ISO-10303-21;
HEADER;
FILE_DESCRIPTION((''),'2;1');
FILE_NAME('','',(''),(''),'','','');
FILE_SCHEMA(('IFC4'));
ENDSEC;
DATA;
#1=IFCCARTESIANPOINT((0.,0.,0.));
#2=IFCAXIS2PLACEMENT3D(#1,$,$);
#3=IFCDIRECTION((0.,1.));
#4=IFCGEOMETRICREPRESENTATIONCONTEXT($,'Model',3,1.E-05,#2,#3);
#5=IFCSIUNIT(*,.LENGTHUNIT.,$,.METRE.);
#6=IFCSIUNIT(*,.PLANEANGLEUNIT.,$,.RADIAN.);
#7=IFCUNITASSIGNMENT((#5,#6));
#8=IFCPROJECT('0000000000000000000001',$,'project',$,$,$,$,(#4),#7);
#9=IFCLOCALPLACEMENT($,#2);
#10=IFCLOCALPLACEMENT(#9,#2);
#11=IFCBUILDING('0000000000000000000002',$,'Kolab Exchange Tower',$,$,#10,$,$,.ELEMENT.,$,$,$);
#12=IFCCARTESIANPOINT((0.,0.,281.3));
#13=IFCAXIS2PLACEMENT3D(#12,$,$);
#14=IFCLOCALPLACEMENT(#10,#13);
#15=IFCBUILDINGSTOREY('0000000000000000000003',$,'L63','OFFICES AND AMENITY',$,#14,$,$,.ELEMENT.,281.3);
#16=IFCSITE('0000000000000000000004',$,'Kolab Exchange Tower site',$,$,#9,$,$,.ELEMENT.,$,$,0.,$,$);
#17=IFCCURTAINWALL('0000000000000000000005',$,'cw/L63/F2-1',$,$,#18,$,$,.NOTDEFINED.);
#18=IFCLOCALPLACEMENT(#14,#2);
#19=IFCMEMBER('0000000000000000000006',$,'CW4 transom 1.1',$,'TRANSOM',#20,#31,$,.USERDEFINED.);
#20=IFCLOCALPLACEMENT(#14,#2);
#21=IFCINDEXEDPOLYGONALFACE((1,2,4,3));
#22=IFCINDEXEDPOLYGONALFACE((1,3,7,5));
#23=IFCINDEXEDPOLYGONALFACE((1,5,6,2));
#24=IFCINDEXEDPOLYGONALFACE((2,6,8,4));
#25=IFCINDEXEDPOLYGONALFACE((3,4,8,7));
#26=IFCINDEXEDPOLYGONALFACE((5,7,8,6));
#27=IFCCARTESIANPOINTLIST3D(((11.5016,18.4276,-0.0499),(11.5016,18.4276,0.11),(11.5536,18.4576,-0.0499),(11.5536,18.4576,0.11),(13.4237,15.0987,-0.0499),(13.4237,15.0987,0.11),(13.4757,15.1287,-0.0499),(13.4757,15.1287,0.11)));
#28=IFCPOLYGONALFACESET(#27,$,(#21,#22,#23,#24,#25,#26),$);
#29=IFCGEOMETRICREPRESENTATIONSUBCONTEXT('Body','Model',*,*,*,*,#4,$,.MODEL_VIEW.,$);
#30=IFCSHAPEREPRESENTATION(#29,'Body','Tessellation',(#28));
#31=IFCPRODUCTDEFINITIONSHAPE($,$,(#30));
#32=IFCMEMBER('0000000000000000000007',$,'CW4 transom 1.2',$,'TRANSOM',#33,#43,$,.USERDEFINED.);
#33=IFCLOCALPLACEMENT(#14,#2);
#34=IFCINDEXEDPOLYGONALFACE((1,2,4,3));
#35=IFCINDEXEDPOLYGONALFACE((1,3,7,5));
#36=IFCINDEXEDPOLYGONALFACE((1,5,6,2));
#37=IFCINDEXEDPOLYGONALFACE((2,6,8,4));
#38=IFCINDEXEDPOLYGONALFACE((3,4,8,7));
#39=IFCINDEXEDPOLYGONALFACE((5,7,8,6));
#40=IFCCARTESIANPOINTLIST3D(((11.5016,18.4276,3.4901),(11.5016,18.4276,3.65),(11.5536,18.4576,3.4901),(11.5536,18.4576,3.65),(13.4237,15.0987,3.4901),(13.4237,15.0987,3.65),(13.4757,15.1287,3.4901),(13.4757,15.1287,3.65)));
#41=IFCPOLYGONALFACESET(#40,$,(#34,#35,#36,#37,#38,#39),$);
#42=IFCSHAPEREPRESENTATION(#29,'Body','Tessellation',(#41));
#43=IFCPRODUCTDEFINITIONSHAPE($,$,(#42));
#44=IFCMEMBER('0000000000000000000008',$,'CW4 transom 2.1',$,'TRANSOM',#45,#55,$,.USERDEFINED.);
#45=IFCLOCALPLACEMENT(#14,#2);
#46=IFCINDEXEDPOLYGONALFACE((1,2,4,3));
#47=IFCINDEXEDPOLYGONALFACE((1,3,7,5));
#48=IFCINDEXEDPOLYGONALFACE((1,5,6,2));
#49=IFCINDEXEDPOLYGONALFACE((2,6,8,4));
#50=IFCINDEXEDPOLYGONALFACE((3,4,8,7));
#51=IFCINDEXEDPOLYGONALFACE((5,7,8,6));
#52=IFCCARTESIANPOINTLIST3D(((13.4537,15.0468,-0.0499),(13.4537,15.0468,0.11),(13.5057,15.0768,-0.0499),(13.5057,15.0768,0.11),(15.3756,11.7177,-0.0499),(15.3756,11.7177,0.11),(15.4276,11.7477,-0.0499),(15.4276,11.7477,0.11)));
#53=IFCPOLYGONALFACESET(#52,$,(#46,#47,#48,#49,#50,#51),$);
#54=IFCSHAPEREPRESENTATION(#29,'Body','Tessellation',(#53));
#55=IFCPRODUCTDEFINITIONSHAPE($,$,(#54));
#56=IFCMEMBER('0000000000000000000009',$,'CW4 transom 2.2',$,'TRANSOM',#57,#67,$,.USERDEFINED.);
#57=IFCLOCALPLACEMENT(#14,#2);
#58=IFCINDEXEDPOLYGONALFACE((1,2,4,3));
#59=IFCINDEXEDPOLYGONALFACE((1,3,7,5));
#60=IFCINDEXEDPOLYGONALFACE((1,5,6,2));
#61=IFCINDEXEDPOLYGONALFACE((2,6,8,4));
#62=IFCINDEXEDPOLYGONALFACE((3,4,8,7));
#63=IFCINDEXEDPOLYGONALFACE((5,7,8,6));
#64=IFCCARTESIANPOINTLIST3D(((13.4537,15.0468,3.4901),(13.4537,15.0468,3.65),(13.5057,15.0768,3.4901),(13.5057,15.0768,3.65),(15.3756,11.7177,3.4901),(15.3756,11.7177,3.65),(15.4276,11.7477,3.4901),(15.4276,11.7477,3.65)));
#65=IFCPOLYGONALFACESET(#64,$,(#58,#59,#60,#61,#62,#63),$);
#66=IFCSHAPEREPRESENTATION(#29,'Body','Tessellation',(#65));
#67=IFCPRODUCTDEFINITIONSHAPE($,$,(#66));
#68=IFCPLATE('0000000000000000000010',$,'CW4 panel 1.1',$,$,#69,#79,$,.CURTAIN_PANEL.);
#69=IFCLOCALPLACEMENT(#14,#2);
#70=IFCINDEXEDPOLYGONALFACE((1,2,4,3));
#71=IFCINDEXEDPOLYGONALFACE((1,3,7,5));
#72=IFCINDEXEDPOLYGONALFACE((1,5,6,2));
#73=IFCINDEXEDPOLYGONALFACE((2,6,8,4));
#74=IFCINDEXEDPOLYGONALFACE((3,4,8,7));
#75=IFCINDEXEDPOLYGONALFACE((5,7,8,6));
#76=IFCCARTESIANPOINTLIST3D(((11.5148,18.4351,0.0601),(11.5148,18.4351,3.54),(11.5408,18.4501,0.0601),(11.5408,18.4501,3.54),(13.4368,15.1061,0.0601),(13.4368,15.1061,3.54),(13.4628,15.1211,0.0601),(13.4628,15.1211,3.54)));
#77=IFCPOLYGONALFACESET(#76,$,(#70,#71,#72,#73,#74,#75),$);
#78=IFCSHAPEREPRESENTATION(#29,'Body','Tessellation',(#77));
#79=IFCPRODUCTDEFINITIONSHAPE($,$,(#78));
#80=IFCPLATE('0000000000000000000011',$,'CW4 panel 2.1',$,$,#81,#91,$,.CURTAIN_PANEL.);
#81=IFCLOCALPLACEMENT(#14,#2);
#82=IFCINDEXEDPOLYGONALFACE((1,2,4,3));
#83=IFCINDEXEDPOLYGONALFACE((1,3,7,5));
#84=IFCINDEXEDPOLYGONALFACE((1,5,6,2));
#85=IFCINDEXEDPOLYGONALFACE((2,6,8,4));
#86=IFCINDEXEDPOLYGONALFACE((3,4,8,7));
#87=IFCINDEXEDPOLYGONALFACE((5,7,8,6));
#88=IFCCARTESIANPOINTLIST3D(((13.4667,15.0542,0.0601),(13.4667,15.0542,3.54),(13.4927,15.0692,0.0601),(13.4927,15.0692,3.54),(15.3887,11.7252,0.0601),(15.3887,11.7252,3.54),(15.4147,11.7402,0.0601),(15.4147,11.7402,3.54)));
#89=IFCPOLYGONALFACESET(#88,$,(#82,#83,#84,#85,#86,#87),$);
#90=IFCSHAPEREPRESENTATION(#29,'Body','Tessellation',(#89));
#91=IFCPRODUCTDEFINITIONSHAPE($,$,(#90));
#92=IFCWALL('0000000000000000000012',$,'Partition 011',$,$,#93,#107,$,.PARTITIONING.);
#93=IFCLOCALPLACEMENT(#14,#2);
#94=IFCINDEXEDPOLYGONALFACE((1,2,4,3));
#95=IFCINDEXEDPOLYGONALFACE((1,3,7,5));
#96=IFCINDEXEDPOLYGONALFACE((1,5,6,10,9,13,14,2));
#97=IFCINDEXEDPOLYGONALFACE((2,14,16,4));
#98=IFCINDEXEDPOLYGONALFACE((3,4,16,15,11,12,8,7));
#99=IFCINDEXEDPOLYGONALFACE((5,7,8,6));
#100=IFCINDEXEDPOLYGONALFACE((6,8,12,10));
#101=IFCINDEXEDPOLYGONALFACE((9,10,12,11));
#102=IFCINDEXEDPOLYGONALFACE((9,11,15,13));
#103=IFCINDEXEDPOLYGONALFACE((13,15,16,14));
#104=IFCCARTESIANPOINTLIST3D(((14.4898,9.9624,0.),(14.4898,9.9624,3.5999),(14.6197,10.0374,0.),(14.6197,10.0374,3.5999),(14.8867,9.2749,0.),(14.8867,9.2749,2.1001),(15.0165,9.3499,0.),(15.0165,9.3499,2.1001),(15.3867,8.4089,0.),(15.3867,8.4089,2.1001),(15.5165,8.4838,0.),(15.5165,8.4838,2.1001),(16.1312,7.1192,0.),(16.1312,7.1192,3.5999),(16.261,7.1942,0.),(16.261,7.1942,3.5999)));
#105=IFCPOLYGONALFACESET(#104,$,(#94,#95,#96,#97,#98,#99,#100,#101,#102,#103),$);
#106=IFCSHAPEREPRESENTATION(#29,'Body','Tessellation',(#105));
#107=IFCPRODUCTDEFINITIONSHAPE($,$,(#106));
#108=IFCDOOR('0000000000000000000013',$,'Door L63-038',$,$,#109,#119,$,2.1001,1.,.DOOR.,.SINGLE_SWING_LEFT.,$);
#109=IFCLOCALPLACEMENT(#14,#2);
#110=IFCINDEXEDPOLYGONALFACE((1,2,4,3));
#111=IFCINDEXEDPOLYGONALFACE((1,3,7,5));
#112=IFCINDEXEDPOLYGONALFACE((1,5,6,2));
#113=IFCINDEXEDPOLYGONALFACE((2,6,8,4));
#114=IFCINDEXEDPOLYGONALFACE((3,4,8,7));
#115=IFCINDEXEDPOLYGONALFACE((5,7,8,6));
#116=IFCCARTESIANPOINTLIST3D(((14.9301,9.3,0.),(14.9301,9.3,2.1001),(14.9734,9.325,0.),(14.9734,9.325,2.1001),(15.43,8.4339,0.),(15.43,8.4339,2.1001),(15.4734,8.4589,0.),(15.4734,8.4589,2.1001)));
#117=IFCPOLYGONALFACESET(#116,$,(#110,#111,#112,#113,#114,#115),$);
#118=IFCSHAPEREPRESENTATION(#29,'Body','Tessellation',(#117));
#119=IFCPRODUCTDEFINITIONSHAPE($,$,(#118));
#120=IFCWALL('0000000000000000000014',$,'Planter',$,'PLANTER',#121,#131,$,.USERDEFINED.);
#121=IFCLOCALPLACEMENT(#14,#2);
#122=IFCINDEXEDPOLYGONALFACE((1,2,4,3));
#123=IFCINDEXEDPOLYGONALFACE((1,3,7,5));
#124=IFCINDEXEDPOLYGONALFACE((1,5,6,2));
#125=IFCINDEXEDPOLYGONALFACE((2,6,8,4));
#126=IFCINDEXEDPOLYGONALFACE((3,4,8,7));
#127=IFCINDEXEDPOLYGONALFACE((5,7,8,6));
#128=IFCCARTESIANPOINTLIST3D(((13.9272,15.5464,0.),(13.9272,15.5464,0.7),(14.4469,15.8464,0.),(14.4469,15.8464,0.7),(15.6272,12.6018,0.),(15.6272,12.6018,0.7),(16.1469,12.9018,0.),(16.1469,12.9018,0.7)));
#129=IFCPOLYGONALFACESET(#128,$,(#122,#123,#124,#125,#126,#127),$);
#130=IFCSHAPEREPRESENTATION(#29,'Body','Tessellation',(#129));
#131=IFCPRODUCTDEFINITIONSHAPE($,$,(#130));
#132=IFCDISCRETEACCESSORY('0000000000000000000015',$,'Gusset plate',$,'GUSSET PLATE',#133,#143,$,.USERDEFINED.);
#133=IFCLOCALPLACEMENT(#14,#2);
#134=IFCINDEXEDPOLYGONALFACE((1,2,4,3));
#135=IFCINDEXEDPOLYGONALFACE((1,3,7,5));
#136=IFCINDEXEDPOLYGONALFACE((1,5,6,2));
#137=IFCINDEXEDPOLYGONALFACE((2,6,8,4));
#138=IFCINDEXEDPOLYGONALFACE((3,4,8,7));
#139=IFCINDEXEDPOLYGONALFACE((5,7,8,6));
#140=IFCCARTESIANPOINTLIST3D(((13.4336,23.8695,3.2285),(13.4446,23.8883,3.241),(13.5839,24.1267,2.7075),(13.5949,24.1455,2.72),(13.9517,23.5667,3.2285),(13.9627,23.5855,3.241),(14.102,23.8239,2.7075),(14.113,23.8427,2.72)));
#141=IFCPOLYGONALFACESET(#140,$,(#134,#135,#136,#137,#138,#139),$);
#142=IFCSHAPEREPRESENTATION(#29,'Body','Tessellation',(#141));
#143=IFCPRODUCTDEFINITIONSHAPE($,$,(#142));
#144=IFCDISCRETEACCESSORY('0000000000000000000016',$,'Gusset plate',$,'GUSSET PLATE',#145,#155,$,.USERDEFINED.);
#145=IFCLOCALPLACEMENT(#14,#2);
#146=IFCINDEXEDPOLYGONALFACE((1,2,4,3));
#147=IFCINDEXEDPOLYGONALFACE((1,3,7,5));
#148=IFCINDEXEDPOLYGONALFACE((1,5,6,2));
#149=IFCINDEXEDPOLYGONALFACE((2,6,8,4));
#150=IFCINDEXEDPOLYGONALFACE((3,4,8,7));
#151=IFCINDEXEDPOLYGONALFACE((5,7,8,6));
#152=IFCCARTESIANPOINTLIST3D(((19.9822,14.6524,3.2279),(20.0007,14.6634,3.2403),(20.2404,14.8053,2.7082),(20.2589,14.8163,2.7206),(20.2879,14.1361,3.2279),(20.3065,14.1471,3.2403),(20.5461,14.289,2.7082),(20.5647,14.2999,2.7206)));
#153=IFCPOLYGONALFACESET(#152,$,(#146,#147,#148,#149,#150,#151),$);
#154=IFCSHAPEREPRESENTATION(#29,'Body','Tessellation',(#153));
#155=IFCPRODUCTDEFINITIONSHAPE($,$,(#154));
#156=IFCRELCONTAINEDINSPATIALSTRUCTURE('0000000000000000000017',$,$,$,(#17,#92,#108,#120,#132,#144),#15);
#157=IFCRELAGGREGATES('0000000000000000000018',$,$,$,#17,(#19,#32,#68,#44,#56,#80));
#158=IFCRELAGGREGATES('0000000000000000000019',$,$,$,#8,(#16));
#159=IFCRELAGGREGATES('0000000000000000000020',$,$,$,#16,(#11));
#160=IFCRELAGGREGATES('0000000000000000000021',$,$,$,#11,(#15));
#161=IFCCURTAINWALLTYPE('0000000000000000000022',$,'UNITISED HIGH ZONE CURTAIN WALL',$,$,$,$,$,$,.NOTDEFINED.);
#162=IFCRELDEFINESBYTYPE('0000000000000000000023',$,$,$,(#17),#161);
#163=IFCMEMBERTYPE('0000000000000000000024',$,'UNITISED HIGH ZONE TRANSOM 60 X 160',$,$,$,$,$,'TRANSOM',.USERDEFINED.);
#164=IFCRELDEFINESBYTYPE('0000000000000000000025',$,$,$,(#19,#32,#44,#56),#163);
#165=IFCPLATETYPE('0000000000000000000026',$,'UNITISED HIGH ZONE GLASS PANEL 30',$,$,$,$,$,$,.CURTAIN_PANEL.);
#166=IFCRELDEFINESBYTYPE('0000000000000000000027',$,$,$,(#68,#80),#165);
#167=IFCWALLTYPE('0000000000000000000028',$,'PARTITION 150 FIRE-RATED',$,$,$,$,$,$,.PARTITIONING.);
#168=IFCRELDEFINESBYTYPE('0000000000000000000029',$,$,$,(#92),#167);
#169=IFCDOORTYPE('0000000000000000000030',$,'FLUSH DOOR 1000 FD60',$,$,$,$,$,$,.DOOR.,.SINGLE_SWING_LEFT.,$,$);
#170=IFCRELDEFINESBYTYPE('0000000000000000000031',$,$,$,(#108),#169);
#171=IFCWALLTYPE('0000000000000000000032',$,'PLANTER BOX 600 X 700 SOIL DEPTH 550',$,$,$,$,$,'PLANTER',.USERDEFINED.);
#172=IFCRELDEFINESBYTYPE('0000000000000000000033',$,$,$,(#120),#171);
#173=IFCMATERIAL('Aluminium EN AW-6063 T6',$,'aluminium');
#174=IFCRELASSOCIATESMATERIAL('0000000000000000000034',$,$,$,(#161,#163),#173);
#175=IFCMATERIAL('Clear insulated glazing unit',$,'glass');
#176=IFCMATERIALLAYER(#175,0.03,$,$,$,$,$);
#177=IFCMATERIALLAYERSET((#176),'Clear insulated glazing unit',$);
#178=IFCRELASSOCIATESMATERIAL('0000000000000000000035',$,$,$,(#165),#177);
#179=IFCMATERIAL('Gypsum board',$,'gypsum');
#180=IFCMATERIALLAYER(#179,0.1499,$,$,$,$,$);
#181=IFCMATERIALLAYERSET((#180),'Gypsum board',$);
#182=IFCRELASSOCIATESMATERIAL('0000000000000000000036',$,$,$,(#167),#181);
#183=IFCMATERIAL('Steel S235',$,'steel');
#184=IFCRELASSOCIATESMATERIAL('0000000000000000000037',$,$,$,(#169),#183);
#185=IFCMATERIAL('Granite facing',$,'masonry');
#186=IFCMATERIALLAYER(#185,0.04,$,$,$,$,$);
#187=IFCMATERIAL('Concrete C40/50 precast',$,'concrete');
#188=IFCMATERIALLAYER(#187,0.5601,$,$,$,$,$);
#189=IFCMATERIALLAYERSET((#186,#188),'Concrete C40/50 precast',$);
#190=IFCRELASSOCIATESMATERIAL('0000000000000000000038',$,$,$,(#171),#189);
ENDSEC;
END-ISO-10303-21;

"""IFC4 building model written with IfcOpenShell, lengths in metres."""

from ifc_helpers import new_model, si_unit, direction, frame, frame_2d, origin, origin_2d, place, context, subcontext, project, spatial, rectangle, extrude, material, layer, layer_set, material_profile, profile_set, type_object, element, fill, aggregate, save


model = new_model("IFC4")

# Units and contexts
model_context = context("Model", 3, precision=1e-05, world=origin(), true_north=direction((0.0, 1.0)))
body_context = subcontext(model_context, "Body", "Model", "MODEL_VIEW")
ifc_project = project(units=[si_unit("LENGTHUNIT", "METRE"), si_unit("PLANEANGLEUNIT", "RADIAN")], contexts=[model_context])

# Site, building, storey
site_placement = place(None, origin())
site = spatial("IfcSite", under=ifc_project, at=site_placement, Name="Kolab Exchange Tower site", CompositionType="ELEMENT", RefElevation=0.0)
building_placement = place(site_placement, origin())
building = spatial("IfcBuilding", under=site, at=building_placement, Name="Kolab Exchange Tower", CompositionType="ELEMENT")
storey_placement = place(building_placement, frame((0.0, 0.0, 281.3)))
storey = spatial("IfcBuildingStorey", under=building, at=storey_placement, Name="L63", Description="OFFICES AND AMENITY", CompositionType="ELEMENT", Elevation=281.3)

# Curtain wall, members, plates
ifc_material_1 = material(Name="Aluminium EN AW-6063 T6", Category="aluminium")
curtain_wall_type = type_object("IfcCurtainWallType", Name="UNITISED HIGH ZONE CURTAIN WALL", PredefinedType="NOTDEFINED", material=ifc_material_1)
curtain_wall_placement = place(storey_placement, origin())
curtain_wall = element("IfcCurtainWall", 1, at=curtain_wall_placement, inside=storey, type_object=curtain_wall_type, Name="cw/L63/F2-1", PredefinedType="NOTDEFINED")
ifc_material_profile_1 = material_profile(ifc_material_1, rectangle(XDim=0.0601, YDim=0.1599, at=origin_2d()), Name="RECT 60X160")
ifc_profile_set_1 = profile_set([ifc_material_profile_1], Name="Aluminium EN AW-6063 T6")
member_type_1 = type_object("IfcMemberType", Name="UNITISED HIGH ZONE TRANSOM 60 X 160", ElementType="TRANSOM", PredefinedType="USERDEFINED", material=ifc_profile_set_1)
member_1_placement = place(storey_placement, frame((11.5276, 18.4426, 0.03), z_axis=(0.500039, -0.866003, 0.0), x_axis=(0.866003, 0.500039, 0.0)))
member_1 = element("IfcMember", 2, at=member_1_placement, type_object=member_type_1, Name="CW4 transom 1.1", ObjectType="TRANSOM", PredefinedType="USERDEFINED", context=body_context, shape_type="SweptSolid", body=[
    extrude(rectangle(XDim=0.0601, YDim=0.1599, at=origin_2d()), origin(), (0.0, 0.0, 1.0), 3.844),
])
member_2_placement = place(storey_placement, frame((11.5276, 18.4426, 3.5701), z_axis=(0.500039, -0.866003, 0.0), x_axis=(0.866003, 0.500039, 0.0)))
member_2 = element("IfcMember", 3, at=member_2_placement, type_object=member_type_1, Name="CW4 transom 1.2", ObjectType="TRANSOM", PredefinedType="USERDEFINED", context=body_context, shape_type="SweptSolid", body=[
    extrude(rectangle(XDim=0.0601, YDim=0.1599, at=origin_2d()), origin(), (0.0, 0.0, 1.0), 3.844),
])
member_3_placement = place(storey_placement, frame((13.4797, 15.0618, 0.03), z_axis=(0.499964, -0.866046, 0.0), x_axis=(0.866046, 0.499964, 0.0)))
member_3 = element("IfcMember", 4, at=member_3_placement, type_object=member_type_1, Name="CW4 transom 2.1", ObjectType="TRANSOM", PredefinedType="USERDEFINED", context=body_context, shape_type="SweptSolid", body=[
    extrude(rectangle(XDim=0.0601, YDim=0.1599, at=origin_2d()), origin(), (0.0, 0.0, 1.0), 3.844),
])
member_4_placement = place(storey_placement, frame((13.4797, 15.0618, 3.5701), z_axis=(0.499964, -0.866046, 0.0), x_axis=(0.866046, 0.499964, 0.0)))
member_4 = element("IfcMember", 5, at=member_4_placement, type_object=member_type_1, Name="CW4 transom 2.2", ObjectType="TRANSOM", PredefinedType="USERDEFINED", context=body_context, shape_type="SweptSolid", body=[
    extrude(rectangle(XDim=0.0601, YDim=0.1599, at=origin_2d()), origin(), (0.0, 0.0, 1.0), 3.844),
])
ifc_material_2 = material(Name="Clear insulated glazing unit", Category="glass")
ifc_layer_1 = layer(ifc_material_2, 0.03)
ifc_layer_set_1 = layer_set([ifc_layer_1], Name="Clear insulated glazing unit")
plate_type = type_object("IfcPlateType", Name="UNITISED HIGH ZONE GLASS PANEL 30", PredefinedType="CURTAIN_PANEL", material=ifc_layer_set_1)
plate_1_placement = place(storey_placement, frame((12.4888, 16.7781, 0.0601), z_axis=(0.0, 0.0, 1.0), x_axis=(0.5, -0.866025, 0.0)))
plate_1 = element("IfcPlate", 6, at=plate_1_placement, type_object=plate_type, Name="CW4 panel 1.1", PredefinedType="CURTAIN_PANEL", context=body_context, shape_type="SweptSolid", body=[
    extrude(rectangle(XDim=3.844, YDim=0.03, at=origin_2d()), origin(), (0.0, 0.0, 1.0), 3.48),
])
plate_2_placement = place(storey_placement, frame((14.4407, 13.3972, 0.0601), z_axis=(0.0, 0.0, 1.0), x_axis=(0.5, -0.866025, 0.0)))
plate_2 = element("IfcPlate", 7, at=plate_2_placement, type_object=plate_type, Name="CW4 panel 2.1", PredefinedType="CURTAIN_PANEL", context=body_context, shape_type="SweptSolid", body=[
    extrude(rectangle(XDim=3.844, YDim=0.03, at=origin_2d()), origin(), (0.0, 0.0, 1.0), 3.48),
])
aggregate(curtain_wall, [member_1, member_2, plate_1, member_3, member_4, plate_2])

# Wall, opening, door
ifc_material_3 = material(Name="Gypsum board", Category="gypsum")
ifc_layer_2 = layer(ifc_material_3, 0.1499)
ifc_layer_set_2 = layer_set([ifc_layer_2], Name="Gypsum board")
wall_type_1 = type_object("IfcWallType", Name="PARTITION 150 FIRE-RATED", PredefinedType="PARTITIONING", material=ifc_layer_set_2)
wall_1_placement = place(storey_placement, frame((14.5547, 10.0, 0.0), z_axis=(0.0, 0.0, 1.0), x_axis=(0.499954, -0.866052, 0.0)))
wall_1 = element("IfcWall", 8, at=wall_1_placement, inside=storey, type_object=wall_type_1, Name="Partition 011", PredefinedType="PARTITIONING", context=body_context, shape_type="SweptSolid", body=[
    extrude(rectangle(XDim=3.283, YDim=0.1499, at=frame_2d((1.6416, 0.0))), origin(), (0.0, 0.0, 1.0), 3.5999),
])
opening_1_placement = place(wall_1_placement, frame((0.7939, 0.0, 0.0)))
opening_1 = element("IfcOpeningElement", 9, at=opening_1_placement, cuts=wall_1, PredefinedType="OPENING", context=body_context, shape_type="SweptSolid", body=[
    extrude(rectangle(XDim=1.0, YDim=2.1001, at=frame_2d((0.5, 1.05))), frame((0.0, 0.085, 0.0), z_axis=(0.0, -1.0, 0.0), x_axis=(1.0, 0.0, 0.0)), (0.0, 0.0, 1.0), 0.1699),
])
ifc_material_4 = material(Name="Steel S235", Category="steel")
door_type_1 = type_object("IfcDoorType", Name="FLUSH DOOR 1000 FD60", OperationType="SINGLE_SWING_LEFT", PredefinedType="DOOR", material=ifc_material_4)
door_1_placement = place(opening_1_placement, frame((1.0, 0.0, 0.0), z_axis=(0.0, 0.0, 1.0), x_axis=(-1.0, 0.0, 0.0)))
door_1 = element("IfcDoor", 10, at=door_1_placement, inside=storey, type_object=door_type_1, Name="Door L63-038", OperationType="SINGLE_SWING_LEFT", OverallHeight=2.1001, OverallWidth=1.0, PredefinedType="DOOR", context=body_context, shape_type="SweptSolid", body=[
    extrude(rectangle(XDim=1.0, YDim=2.1001, at=frame_2d((0.5, 1.05))), frame((0.0, 0.0249, 0.0), z_axis=(0.0, -1.0, 0.0), x_axis=(1.0, 0.0, 0.0)), (0.0, 0.0, 1.0), 0.05),
])
fill(opening_1, door_1)

# Wall
ifc_material_5 = material(Name="Granite facing", Category="masonry")
ifc_layer_3 = layer(ifc_material_5, 0.04)
ifc_material_6 = material(Name="Concrete C40/50 precast", Category="concrete")
ifc_layer_4 = layer(ifc_material_6, 0.5601)
ifc_layer_set_3 = layer_set([ifc_layer_3, ifc_layer_4], Name="Concrete C40/50 precast")
wall_type_2 = type_object("IfcWallType", Name="PLANTER BOX 600 X 700 SOIL DEPTH 550", ElementType="PLANTER", PredefinedType="USERDEFINED", material=ifc_layer_set_3)
wall_2_placement = place(storey_placement, frame((14.187, 15.6965, 0.0), z_axis=(0.0, 0.0, 1.0), x_axis=(0.499977, -0.866039, 0.0)))
element("IfcWall", 11, at=wall_2_placement, inside=storey, type_object=wall_type_2, Name="Planter", ObjectType="PLANTER", PredefinedType="USERDEFINED", context=body_context, shape_type="SweptSolid", body=[
    extrude(rectangle(XDim=3.4001, YDim=0.6001, at=frame_2d((1.7002, 0.0))), origin(), (0.0, 0.0, 1.0), 0.7),
])

# Discrete accessories
discrete_accessory_1_placement = place(storey_placement, frame((13.7678, 23.8467, 2.968), z_axis=(0.438009, 0.749483, 0.496411), x_axis=(-0.863372, 0.504568, 0.0)))
element("IfcDiscreteAccessory", 12, at=discrete_accessory_1_placement, inside=storey, Name="Gusset plate", ObjectType="GUSSET PLATE", PredefinedType="USERDEFINED", context=body_context, shape_type="SweptSolid", body=[
    extrude(rectangle(XDim=0.6001, YDim=0.6001, at=origin_2d()), origin(), (0.0, 0.0, 1.0), 0.0251),
])
discrete_accessory_2_placement = place(storey_placement, frame((20.2642, 14.4707, 2.968), z_axis=(0.74517, 0.441219, 0.500048), x_axis=(-0.509492, 0.860475, 0.0)))
element("IfcDiscreteAccessory", 13, at=discrete_accessory_2_placement, inside=storey, Name="Gusset plate", ObjectType="GUSSET PLATE", PredefinedType="USERDEFINED", context=body_context, shape_type="SweptSolid", body=[
    extrude(rectangle(XDim=0.6001, YDim=0.6001, at=origin_2d()), origin(), (0.0, 0.0, 1.0), 0.0249),
])

save(model, "model.ifc")
